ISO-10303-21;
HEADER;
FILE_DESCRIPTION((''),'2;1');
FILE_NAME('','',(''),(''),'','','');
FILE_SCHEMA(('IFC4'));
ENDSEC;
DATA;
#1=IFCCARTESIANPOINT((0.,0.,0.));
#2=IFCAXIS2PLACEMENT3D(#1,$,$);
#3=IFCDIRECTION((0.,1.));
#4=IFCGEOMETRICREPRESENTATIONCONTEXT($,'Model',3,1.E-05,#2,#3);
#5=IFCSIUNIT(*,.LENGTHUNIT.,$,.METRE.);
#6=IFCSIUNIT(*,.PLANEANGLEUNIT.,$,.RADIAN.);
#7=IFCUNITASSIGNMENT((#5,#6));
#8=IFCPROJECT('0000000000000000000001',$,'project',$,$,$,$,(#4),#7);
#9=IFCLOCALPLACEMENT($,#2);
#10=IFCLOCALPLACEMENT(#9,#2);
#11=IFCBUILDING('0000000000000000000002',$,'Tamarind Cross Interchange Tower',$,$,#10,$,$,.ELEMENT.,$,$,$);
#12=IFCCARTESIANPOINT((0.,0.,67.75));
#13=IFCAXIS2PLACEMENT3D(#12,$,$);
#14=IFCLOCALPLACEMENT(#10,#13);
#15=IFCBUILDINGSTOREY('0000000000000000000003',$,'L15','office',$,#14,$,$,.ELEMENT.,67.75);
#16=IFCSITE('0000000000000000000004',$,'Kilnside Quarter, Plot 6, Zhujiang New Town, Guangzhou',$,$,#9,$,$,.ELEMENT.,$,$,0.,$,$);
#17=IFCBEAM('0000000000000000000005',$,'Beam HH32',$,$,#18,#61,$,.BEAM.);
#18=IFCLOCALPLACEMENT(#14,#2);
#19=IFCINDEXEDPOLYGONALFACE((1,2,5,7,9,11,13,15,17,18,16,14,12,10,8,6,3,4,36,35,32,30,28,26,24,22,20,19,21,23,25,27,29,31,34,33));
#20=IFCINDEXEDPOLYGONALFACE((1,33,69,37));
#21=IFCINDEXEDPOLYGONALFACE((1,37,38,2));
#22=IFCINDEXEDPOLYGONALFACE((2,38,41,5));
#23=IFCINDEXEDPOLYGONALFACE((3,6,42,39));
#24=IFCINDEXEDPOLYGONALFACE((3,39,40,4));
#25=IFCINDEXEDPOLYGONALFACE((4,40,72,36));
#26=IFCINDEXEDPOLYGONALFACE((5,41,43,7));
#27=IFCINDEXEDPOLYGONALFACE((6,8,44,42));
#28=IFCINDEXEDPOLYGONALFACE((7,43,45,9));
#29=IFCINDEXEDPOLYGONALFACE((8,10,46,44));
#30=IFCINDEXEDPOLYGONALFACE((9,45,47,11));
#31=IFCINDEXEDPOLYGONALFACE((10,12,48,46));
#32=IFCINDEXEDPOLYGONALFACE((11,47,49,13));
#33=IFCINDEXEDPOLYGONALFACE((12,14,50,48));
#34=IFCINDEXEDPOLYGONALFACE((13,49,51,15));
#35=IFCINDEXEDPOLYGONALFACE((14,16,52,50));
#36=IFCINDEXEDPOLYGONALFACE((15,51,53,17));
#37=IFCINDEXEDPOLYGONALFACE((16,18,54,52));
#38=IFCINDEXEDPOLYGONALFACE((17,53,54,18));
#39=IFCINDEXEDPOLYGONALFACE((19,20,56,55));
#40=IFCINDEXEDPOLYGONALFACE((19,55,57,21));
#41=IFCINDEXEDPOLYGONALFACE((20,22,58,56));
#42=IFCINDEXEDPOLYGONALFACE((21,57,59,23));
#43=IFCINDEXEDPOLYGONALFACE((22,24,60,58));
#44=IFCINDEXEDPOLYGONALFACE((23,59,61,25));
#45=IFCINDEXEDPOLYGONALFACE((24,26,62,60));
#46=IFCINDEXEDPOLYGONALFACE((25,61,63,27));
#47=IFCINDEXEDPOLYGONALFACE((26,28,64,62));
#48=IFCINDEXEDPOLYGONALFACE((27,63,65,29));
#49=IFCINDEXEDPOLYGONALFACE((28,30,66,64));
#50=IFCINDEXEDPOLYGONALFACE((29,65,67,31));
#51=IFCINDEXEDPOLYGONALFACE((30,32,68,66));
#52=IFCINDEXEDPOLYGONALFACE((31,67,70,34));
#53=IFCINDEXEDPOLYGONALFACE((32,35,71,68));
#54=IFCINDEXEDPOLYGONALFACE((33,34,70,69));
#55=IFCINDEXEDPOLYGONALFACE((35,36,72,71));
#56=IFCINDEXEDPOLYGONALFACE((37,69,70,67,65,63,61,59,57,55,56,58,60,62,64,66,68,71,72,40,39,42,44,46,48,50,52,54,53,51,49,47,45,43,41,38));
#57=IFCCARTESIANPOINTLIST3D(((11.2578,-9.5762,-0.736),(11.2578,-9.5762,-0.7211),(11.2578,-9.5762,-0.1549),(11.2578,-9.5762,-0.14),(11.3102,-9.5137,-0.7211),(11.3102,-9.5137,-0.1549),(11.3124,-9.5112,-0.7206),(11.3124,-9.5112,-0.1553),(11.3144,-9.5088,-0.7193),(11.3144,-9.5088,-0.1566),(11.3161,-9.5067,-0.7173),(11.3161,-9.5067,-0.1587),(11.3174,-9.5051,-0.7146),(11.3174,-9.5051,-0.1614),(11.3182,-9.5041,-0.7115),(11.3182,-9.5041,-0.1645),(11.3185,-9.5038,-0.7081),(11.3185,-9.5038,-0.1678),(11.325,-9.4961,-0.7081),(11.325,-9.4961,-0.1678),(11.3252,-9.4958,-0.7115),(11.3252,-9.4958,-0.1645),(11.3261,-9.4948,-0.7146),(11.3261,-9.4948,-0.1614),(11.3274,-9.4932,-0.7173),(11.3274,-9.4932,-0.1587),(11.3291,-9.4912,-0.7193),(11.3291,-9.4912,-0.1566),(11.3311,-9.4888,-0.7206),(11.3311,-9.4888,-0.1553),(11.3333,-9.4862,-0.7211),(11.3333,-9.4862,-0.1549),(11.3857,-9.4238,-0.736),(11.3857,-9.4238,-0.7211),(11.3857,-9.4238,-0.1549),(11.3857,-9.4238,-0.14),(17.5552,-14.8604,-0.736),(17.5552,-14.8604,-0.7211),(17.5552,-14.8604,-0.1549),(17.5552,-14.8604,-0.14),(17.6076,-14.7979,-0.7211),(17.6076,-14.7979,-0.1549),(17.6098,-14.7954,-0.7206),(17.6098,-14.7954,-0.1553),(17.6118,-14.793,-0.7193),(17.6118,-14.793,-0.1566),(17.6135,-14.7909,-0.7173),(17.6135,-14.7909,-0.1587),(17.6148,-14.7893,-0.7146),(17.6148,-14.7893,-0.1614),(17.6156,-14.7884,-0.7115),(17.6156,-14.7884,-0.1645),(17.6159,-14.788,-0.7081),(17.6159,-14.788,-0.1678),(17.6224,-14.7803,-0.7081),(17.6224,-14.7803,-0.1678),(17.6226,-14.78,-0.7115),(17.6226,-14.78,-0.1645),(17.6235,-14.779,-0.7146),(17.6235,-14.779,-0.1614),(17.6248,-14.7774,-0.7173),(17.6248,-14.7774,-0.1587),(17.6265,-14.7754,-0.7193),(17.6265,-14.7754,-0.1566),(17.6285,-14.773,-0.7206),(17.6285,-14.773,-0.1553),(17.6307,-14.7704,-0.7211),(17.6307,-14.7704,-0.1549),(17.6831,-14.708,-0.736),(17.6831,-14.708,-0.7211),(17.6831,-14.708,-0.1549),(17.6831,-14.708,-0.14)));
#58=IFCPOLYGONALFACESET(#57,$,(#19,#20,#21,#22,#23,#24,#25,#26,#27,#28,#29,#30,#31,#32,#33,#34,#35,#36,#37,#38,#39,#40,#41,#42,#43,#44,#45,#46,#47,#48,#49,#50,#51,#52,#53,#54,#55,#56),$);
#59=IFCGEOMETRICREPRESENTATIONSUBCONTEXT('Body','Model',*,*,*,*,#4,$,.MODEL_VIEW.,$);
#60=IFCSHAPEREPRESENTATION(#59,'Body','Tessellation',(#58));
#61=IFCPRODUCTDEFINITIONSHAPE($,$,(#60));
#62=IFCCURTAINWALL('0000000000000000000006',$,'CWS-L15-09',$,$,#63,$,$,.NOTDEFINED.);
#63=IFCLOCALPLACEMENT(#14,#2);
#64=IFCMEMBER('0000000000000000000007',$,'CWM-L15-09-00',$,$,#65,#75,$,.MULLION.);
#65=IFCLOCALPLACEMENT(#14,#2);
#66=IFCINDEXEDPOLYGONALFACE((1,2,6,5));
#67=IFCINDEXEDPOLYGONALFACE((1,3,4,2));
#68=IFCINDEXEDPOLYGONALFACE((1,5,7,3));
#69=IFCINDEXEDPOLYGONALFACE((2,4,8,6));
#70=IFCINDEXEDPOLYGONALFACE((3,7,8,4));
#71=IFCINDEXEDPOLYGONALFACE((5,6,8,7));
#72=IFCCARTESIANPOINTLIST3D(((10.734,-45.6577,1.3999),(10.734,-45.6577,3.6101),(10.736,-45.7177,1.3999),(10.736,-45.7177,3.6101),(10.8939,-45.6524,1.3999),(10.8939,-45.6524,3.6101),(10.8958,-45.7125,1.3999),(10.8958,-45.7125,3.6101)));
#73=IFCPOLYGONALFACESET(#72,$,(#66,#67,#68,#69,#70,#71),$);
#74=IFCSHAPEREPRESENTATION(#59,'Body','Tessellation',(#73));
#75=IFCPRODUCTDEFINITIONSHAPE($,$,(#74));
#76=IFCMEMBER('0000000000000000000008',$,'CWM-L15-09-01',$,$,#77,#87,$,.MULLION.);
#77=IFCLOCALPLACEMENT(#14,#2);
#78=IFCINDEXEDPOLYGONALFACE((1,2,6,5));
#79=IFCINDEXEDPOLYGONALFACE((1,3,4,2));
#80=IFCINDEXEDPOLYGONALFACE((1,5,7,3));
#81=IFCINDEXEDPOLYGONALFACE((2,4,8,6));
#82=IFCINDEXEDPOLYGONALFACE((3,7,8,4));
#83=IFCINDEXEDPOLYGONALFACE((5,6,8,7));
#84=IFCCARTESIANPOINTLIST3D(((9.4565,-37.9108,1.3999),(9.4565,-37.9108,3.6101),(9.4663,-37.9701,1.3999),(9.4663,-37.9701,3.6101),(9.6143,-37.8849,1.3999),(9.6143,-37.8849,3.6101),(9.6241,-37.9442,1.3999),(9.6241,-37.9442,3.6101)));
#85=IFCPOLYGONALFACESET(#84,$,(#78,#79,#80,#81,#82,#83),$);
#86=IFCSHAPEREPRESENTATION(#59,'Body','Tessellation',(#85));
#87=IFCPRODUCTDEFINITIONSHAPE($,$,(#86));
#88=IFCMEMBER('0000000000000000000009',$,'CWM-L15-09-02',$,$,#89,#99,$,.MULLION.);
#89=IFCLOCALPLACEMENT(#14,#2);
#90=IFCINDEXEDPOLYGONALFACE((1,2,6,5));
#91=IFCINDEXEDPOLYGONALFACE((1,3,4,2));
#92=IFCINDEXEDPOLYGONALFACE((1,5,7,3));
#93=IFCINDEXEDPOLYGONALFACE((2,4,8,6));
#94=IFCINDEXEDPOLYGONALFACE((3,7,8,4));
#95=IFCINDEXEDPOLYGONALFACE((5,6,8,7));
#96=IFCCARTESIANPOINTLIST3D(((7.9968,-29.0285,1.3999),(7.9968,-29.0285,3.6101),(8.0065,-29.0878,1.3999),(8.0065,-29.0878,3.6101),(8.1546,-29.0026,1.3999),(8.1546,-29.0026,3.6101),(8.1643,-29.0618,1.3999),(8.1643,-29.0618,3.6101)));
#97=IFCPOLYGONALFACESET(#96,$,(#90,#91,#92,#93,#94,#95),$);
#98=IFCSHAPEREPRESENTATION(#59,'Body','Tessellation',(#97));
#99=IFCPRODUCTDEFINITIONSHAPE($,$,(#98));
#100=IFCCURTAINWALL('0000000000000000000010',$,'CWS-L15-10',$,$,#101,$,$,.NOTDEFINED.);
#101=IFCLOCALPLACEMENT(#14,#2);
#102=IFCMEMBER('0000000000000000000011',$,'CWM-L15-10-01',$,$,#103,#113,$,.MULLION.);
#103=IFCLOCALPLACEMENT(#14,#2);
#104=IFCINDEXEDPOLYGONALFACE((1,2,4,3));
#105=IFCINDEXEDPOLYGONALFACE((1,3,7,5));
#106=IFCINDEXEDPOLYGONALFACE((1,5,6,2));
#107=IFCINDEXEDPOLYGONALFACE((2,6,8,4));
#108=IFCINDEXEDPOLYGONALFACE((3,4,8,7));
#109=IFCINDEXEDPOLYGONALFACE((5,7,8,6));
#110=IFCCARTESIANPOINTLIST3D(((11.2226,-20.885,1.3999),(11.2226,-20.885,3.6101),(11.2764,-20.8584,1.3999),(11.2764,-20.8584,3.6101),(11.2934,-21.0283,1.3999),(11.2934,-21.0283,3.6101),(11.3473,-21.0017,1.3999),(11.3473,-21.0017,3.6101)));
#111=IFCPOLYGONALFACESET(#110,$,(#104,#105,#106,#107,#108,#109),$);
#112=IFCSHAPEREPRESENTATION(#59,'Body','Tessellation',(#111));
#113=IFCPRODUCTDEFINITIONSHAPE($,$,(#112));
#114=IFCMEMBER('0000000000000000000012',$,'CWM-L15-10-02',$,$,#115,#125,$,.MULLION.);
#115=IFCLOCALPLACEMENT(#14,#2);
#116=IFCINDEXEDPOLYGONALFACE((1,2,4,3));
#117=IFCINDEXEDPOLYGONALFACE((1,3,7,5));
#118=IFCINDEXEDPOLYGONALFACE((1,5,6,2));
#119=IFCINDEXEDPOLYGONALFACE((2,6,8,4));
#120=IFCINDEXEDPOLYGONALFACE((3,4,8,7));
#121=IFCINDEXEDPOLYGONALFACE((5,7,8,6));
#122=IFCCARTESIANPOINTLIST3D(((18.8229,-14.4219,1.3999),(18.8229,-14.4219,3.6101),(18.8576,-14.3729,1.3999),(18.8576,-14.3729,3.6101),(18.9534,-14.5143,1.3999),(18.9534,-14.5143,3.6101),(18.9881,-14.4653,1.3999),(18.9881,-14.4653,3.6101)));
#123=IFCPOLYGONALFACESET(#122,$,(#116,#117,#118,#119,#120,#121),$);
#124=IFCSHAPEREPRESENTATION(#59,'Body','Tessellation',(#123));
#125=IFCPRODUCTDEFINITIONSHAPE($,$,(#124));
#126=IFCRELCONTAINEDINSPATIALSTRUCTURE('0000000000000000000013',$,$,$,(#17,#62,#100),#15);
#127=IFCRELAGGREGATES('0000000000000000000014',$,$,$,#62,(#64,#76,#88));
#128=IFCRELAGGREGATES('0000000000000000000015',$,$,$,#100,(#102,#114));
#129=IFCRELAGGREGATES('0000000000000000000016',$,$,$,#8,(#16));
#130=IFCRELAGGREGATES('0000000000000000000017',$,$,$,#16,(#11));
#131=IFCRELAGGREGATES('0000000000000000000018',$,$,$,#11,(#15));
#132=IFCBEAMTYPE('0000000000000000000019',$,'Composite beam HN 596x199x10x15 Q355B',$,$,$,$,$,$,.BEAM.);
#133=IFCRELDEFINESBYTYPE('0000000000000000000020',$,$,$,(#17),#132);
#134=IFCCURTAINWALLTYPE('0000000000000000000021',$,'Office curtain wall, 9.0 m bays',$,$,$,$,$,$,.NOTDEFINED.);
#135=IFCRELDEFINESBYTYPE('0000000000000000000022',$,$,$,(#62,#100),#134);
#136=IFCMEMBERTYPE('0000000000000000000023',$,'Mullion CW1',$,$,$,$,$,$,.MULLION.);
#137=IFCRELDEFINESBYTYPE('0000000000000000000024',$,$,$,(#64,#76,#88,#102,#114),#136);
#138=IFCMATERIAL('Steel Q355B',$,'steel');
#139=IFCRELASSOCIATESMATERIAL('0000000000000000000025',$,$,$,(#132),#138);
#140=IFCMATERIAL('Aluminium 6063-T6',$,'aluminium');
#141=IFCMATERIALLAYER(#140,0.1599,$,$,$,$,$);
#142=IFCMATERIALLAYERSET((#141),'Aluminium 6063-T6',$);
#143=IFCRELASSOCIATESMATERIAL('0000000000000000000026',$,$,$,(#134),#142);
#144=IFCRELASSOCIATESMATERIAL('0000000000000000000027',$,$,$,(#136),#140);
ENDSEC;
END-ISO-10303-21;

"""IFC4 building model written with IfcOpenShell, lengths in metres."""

from ifc_helpers import new_model, si_unit, direction, frame, origin, origin_2d, place, context, subcontext, project, spatial, rectangle, i_section, extrude, material, layer, layer_set, material_profile, profile_set, type_object, element, aggregate, save


model = new_model("IFC4")

# Units and contexts
model_context = context("Model", 3, precision=1e-05, world=origin(), true_north=direction((0.0, 1.0)))
body_context = subcontext(model_context, "Body", "Model", "MODEL_VIEW")
ifc_project = project(units=[si_unit("LENGTHUNIT", "METRE"), si_unit("PLANEANGLEUNIT", "RADIAN")], contexts=[model_context])

# Site, building, storey
site_placement = place(None, origin())
site = spatial("IfcSite", under=ifc_project, at=site_placement, Name="Kilnside Quarter, Plot 6, Zhujiang New Town, Guangzhou", CompositionType="ELEMENT", RefElevation=0.0)
building_placement = place(site_placement, origin())
building = spatial("IfcBuilding", under=site, at=building_placement, Name="Tamarind Cross Interchange Tower", CompositionType="ELEMENT")
storey_placement = place(building_placement, frame((0.0, 0.0, 67.75)))
storey = spatial("IfcBuildingStorey", under=building, at=storey_placement, Name="L15", Description="office", CompositionType="ELEMENT", Elevation=67.75)

# Beam
ifc_material_1 = material(Name="Steel Q355B", Category="steel")
ifc_material_profile_1 = material_profile(ifc_material_1, i_section(OverallWidth=0.199, OverallDepth=0.5959, WebThickness=0.01, FlangeThickness=0.0149, FilletRadius=0.0129, at=origin_2d()), Name="HN 596x199x10x15")
ifc_profile_set_1 = profile_set([ifc_material_profile_1], Name="Steel Q355B")
beam_type_1 = type_object("IfcBeamType", Name="Composite beam HN 596x199x10x15 Q355B", PredefinedType="BEAM", material=ifc_profile_set_1)
beam_1_placement = place(storey_placement, frame((17.6191, -14.7842, -0.438), z_axis=(-0.766041, 0.642792, 0.0), x_axis=(-0.642792, -0.766041, 0.0)))
element("IfcBeam", 1, at=beam_1_placement, inside=storey, type_object=beam_type_1, Name="Beam HH32", PredefinedType="BEAM", context=body_context, shape_type="SweptSolid", body=[
    extrude(i_section(OverallWidth=0.199, OverallDepth=0.5959, WebThickness=0.01, FlangeThickness=0.0149, FilletRadius=0.0129, at=origin_2d()), origin(), (0.0, 0.0, 1.0), 8.2207),
])

# Curtain walls, members
ifc_material_2 = material(Name="Aluminium 6063-T6", Category="aluminium")
ifc_layer = layer(ifc_material_2, 0.1599)
ifc_layer_set = layer_set([ifc_layer], Name="Aluminium 6063-T6")
curtain_wall_type = type_object("IfcCurtainWallType", Name="Office curtain wall, 9.0 m bays", PredefinedType="NOTDEFINED", material=ifc_layer_set)
curtain_wall_1_placement = place(storey_placement, origin())
curtain_wall_1 = element("IfcCurtainWall", 2, at=curtain_wall_1_placement, inside=storey, type_object=curtain_wall_type, Name="CWS-L15-09", PredefinedType="NOTDEFINED")
ifc_material_profile_2 = material_profile(ifc_material_2, rectangle(XDim=0.0601, YDim=0.1599, at=origin_2d()), Name="Mullion CW1")
ifc_profile_set_2 = profile_set([ifc_material_profile_2], Name="Aluminium 6063-T6")
member_type = type_object("IfcMemberType", Name="Mullion CW1", PredefinedType="MULLION", material=ifc_profile_set_2)
member_1_placement = place(storey_placement, frame((10.8149, -45.6851, 1.3999), z_axis=(0.0, 0.0, 1.0), x_axis=(-0.032594, 0.999469, 0.0)))
member_1 = element("IfcMember", 3, at=member_1_placement, type_object=member_type, Name="CWM-L15-09-00", PredefinedType="MULLION", context=body_context, shape_type="SweptSolid", body=[
    extrude(rectangle(XDim=0.0601, YDim=0.1599, at=origin_2d()), origin(), (0.0, 0.0, 1.0), 2.2102),
])
member_2_placement = place(storey_placement, frame((9.5403, -37.9275, 1.3999), z_axis=(0.0, 0.0, 1.0), x_axis=(-0.162164, 0.986764, 0.0)))
member_2 = element("IfcMember", 4, at=member_2_placement, type_object=member_type, Name="CWM-L15-09-01", PredefinedType="MULLION", context=body_context, shape_type="SweptSolid", body=[
    extrude(rectangle(XDim=0.0601, YDim=0.1599, at=origin_2d()), origin(), (0.0, 0.0, 1.0), 2.2102),
])
member_3_placement = place(storey_placement, frame((8.0806, -29.0452, 1.3999), z_axis=(0.0, 0.0, 1.0), x_axis=(-0.162164, 0.986764, 0.0)))
member_3 = element("IfcMember", 5, at=member_3_placement, type_object=member_type, Name="CWM-L15-09-02", PredefinedType="MULLION", context=body_context, shape_type="SweptSolid", body=[
    extrude(rectangle(XDim=0.0601, YDim=0.1599, at=origin_2d()), origin(), (0.0, 0.0, 1.0), 2.2102),
])
aggregate(curtain_wall_1, [member_1, member_2, member_3])
curtain_wall_2_placement = place(storey_placement, origin())
curtain_wall_2 = element("IfcCurtainWall", 6, at=curtain_wall_2_placement, inside=storey, type_object=curtain_wall_type, Name="CWS-L15-10", PredefinedType="NOTDEFINED")
member_4_placement = place(storey_placement, frame((11.2849, -20.9434, 1.3999), z_axis=(0.0, 0.0, 1.0), x_axis=(0.896493, 0.443059, 0.0)))
member_4 = element("IfcMember", 7, at=member_4_placement, type_object=member_type, Name="CWM-L15-10-01", PredefinedType="MULLION", context=body_context, shape_type="SweptSolid", body=[
    extrude(rectangle(XDim=0.0601, YDim=0.1599, at=origin_2d()), origin(), (0.0, 0.0, 1.0), 2.2102),
])
member_5_placement = place(storey_placement, frame((18.9055, -14.4436, 1.3999), z_axis=(0.0, 0.0, 1.0), x_axis=(0.577569, 0.816342, 0.0)))
member_5 = element("IfcMember", 8, at=member_5_placement, type_object=member_type, Name="CWM-L15-10-02", PredefinedType="MULLION", context=body_context, shape_type="SweptSolid", body=[
    extrude(rectangle(XDim=0.0601, YDim=0.1599, at=origin_2d()), origin(), (0.0, 0.0, 1.0), 2.2102),
])
aggregate(curtain_wall_2, [member_4, member_5])

save(model, "model.ifc")
